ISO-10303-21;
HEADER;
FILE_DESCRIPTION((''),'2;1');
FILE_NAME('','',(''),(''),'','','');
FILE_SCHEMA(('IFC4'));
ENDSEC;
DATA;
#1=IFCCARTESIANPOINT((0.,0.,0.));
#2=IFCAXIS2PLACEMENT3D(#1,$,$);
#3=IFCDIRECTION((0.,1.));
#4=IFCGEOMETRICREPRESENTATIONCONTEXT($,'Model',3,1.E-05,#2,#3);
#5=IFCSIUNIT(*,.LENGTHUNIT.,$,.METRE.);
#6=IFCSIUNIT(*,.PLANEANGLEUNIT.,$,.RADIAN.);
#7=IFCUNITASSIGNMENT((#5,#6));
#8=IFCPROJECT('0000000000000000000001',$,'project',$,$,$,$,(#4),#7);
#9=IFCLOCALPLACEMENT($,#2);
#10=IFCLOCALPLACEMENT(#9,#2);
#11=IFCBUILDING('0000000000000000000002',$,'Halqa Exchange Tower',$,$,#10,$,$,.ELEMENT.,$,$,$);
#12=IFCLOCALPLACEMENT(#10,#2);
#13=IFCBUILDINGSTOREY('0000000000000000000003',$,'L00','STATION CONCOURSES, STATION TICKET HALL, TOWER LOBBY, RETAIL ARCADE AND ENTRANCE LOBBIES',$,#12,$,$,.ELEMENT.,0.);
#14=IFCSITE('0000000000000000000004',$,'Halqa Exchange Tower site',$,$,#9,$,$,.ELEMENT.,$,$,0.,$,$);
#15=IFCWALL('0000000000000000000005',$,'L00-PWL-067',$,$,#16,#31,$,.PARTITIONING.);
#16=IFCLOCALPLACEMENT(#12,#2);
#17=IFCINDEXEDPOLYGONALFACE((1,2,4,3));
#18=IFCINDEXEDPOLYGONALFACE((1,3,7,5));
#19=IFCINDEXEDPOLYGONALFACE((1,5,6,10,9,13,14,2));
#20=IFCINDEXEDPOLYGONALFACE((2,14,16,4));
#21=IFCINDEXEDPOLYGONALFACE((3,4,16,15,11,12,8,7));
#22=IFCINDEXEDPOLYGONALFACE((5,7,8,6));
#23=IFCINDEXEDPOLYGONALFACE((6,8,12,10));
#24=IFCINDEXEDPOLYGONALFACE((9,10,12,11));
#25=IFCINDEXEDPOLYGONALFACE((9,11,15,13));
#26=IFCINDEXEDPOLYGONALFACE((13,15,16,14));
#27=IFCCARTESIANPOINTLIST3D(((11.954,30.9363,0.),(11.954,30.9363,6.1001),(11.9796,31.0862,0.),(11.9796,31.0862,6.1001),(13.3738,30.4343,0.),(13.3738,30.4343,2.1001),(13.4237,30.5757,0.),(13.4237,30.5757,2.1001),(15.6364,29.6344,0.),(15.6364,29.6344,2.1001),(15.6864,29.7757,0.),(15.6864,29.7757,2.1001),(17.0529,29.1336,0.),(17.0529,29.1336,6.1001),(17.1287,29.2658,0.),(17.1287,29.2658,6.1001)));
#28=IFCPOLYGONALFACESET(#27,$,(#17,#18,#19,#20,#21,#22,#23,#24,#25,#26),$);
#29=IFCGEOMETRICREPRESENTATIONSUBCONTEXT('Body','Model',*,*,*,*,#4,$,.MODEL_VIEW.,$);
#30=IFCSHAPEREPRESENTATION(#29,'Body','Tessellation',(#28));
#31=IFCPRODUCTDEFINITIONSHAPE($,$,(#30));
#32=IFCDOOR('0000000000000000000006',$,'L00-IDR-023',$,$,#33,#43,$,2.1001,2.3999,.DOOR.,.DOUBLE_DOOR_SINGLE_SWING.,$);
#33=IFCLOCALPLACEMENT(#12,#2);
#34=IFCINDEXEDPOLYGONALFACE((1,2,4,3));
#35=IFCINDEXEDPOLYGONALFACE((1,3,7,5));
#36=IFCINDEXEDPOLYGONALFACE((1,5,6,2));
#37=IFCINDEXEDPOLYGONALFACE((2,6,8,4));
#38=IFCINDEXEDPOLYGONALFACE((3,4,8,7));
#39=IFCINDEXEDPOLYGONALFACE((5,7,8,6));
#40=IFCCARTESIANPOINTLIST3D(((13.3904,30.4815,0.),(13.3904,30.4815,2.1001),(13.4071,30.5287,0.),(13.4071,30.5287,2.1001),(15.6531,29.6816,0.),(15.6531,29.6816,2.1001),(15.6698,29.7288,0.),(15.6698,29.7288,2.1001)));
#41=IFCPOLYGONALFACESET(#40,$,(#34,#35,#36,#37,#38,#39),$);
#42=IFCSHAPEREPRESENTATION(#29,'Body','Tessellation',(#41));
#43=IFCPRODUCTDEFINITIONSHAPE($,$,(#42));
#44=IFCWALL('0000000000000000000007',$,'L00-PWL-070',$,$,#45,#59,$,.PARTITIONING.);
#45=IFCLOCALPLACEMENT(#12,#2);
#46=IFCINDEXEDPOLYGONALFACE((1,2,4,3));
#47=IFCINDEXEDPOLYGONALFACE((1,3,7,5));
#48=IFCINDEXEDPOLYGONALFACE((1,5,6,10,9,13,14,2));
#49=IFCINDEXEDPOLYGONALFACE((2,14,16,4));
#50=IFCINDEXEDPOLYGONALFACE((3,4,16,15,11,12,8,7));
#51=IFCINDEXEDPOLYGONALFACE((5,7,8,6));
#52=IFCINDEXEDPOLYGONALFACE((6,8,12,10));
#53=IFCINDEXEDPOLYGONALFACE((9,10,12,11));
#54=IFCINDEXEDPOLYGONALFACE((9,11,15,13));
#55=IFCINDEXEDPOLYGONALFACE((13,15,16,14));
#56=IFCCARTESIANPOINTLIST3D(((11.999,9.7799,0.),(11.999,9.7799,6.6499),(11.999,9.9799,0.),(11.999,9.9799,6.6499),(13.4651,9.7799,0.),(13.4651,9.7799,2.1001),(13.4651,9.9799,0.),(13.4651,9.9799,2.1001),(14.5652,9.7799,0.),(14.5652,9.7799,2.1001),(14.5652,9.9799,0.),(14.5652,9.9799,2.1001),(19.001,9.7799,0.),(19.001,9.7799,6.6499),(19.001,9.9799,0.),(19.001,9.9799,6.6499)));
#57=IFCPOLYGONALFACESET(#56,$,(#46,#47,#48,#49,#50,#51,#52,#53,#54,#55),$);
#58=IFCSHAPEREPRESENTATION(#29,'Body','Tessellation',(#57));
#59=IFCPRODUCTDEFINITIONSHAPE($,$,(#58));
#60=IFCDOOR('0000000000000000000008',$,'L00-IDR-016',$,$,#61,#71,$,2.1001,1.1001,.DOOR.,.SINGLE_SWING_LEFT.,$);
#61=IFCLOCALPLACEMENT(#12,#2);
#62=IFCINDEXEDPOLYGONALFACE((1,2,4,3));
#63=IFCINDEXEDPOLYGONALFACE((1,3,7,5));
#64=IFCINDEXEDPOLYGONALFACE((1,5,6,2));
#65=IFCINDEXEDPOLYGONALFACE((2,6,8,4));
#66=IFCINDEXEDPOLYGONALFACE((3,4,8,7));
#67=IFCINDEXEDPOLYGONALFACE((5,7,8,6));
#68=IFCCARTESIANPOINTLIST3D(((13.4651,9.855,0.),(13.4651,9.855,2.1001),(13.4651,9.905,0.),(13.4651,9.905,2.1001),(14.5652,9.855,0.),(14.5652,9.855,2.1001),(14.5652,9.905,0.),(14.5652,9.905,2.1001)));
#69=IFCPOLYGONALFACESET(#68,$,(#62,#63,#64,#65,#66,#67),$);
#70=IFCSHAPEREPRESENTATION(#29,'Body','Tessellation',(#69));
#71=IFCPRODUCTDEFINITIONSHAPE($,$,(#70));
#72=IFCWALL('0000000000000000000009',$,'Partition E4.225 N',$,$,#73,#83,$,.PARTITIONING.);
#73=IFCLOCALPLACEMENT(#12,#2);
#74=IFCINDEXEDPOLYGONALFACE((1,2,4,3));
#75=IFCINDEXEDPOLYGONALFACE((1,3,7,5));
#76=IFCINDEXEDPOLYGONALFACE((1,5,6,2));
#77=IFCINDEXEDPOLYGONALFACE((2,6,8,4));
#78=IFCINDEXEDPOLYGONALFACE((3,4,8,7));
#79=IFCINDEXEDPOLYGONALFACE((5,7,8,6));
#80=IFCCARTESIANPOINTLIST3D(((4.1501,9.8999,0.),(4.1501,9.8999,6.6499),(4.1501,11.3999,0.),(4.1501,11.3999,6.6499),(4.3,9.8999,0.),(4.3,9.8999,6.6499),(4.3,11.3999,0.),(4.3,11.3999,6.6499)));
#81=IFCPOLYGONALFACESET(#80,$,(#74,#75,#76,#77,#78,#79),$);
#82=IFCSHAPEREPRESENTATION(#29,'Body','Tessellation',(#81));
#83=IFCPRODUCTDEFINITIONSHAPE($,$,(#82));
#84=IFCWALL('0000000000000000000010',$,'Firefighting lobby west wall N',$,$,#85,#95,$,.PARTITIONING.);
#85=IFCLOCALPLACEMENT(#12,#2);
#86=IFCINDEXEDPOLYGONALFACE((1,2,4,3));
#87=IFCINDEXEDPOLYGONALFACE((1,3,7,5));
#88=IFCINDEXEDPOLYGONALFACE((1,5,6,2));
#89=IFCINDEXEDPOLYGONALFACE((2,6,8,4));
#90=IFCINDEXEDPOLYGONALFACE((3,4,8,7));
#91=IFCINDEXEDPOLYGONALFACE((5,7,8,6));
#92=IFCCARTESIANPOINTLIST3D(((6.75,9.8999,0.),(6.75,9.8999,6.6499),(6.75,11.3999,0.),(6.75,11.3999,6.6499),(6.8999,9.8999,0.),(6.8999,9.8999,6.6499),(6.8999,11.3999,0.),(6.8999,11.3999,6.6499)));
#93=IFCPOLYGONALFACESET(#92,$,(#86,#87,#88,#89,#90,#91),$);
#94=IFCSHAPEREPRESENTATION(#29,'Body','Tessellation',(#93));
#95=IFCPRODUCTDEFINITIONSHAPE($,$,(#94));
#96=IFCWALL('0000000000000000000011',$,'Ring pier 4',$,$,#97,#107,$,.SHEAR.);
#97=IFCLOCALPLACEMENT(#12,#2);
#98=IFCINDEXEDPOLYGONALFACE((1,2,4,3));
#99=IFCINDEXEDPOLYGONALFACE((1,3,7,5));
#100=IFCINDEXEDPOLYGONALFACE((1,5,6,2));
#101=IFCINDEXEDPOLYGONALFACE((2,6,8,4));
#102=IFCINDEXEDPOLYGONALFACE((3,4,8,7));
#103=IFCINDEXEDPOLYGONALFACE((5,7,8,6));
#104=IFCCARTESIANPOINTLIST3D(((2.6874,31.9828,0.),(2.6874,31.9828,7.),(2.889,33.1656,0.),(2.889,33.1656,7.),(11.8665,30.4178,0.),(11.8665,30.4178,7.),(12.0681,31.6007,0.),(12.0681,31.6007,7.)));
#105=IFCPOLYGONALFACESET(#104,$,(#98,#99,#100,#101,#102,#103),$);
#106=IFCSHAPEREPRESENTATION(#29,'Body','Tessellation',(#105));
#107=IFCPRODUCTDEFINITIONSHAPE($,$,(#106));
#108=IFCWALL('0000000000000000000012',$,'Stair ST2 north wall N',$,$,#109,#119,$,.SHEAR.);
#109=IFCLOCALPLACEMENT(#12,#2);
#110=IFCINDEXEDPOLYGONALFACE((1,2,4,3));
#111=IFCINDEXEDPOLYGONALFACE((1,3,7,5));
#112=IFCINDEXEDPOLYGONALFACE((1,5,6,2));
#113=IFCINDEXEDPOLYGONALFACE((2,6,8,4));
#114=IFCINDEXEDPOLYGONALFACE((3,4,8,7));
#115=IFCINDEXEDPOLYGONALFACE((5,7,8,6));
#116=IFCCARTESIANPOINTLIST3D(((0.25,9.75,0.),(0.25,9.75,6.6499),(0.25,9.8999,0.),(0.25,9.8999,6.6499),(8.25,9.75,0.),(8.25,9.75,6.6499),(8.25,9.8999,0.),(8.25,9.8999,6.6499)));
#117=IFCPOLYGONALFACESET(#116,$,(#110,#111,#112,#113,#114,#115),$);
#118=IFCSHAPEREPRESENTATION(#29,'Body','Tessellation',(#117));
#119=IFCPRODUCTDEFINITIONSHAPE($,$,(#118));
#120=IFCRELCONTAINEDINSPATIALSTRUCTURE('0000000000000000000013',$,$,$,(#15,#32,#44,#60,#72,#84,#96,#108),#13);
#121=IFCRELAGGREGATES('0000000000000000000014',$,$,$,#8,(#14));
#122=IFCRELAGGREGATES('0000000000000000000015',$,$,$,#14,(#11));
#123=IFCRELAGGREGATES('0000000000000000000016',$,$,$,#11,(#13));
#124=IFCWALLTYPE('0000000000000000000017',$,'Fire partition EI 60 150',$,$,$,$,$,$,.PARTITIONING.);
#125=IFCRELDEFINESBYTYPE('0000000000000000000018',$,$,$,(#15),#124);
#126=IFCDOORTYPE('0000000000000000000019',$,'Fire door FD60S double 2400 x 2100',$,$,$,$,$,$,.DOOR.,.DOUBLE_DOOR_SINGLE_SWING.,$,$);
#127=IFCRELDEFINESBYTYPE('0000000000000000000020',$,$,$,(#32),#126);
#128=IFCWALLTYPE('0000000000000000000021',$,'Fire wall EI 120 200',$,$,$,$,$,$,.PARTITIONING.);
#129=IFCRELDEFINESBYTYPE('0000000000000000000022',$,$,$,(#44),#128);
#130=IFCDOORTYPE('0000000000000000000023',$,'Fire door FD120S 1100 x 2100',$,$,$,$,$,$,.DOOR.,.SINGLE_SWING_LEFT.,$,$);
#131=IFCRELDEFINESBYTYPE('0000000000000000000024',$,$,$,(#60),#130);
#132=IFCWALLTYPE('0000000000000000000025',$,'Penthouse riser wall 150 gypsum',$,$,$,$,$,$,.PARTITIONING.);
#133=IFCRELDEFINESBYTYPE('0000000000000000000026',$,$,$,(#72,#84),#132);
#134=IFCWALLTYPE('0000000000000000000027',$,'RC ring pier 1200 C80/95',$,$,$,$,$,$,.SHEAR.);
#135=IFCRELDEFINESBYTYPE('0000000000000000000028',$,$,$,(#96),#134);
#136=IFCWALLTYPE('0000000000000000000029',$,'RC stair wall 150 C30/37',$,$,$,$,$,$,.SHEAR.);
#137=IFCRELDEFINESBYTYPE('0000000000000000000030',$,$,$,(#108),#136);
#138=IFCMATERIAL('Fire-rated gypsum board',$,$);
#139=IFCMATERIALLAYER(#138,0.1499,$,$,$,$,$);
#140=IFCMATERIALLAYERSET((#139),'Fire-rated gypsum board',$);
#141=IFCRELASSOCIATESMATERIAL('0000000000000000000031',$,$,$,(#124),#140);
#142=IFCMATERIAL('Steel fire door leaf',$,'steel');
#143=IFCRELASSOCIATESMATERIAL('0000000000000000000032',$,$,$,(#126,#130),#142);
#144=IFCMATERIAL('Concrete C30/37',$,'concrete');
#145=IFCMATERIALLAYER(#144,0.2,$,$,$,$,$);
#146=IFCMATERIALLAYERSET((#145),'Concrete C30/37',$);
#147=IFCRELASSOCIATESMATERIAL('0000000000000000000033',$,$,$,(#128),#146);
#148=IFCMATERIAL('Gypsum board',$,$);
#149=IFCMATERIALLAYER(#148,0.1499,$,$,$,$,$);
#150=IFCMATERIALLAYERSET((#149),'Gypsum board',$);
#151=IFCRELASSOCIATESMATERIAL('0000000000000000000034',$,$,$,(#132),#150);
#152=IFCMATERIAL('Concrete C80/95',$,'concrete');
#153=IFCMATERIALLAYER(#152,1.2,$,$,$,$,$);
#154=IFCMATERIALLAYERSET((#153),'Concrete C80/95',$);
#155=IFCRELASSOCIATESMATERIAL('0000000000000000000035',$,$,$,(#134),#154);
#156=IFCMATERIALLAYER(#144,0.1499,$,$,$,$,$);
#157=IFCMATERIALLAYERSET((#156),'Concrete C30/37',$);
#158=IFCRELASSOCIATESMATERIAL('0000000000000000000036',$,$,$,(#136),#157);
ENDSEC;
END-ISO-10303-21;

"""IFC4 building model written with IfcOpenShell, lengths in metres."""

from ifc_helpers import new_model, si_unit, direction, frame, frame_2d, origin, place, context, subcontext, project, spatial, polyline, rectangle, outline, extrude, material, layer, layer_set, type_object, element, fill, save


model = new_model("IFC4")

# Units and contexts
model_context = context("Model", 3, precision=1e-05, world=origin(), true_north=direction((0.0, 1.0)))
body_context = subcontext(model_context, "Body", "Model", "MODEL_VIEW")
ifc_project = project(units=[si_unit("LENGTHUNIT", "METRE"), si_unit("PLANEANGLEUNIT", "RADIAN")], contexts=[model_context])

# Site, building, storey
site_placement = place(None, origin())
site = spatial("IfcSite", under=ifc_project, at=site_placement, Name="Halqa Exchange Tower site", CompositionType="ELEMENT", RefElevation=0.0)
building_placement = place(site_placement, origin())
building = spatial("IfcBuilding", under=site, at=building_placement, Name="Halqa Exchange Tower", CompositionType="ELEMENT")
storey_placement = place(building_placement, origin())
storey = spatial("IfcBuildingStorey", under=building, at=storey_placement, Name="L00", Description="STATION CONCOURSES, STATION TICKET HALL, TOWER LOBBY, RETAIL ARCADE AND ENTRANCE LOBBIES", CompositionType="ELEMENT", Elevation=0.0)

# Shared definitions
ifc_material_1 = material(Name="Fire-rated gypsum board")
ifc_layer_1 = layer(ifc_material_1, 0.1499)
ifc_layer_set_1 = layer_set([ifc_layer_1], Name="Fire-rated gypsum board")
wall_type_1 = type_object("IfcWallType", Name="Fire partition EI 60 150", PredefinedType="PARTITIONING", material=ifc_layer_set_1)

# Walls, openings, doors
wall_1_placement = place(storey_placement, frame((11.9668, 31.0112, 0.0), z_axis=(0.0, 0.0, 1.0), x_axis=(0.942814, -0.333318, 0.0)))
wall_1 = element("IfcWall", 1, at=wall_1_placement, inside=storey, type_object=wall_type_1, Name="L00-PWL-067", PredefinedType="PARTITIONING", context=body_context, shape_type="SweptSolid", body=[
    extrude(outline(polyline([(0.0129, -0.075), (5.4211, -0.075), (5.4485, 0.075), (-0.0129, 0.075), (0.0129, -0.075)])), origin(), (0.0, 0.0, 1.0), 6.1001),
])
opening_1_placement = place(wall_1_placement, frame((1.5188, 0.0, 0.0)))
opening_1 = element("IfcOpeningElement", 2, at=opening_1_placement, cuts=wall_1, PredefinedType="OPENING", context=body_context, shape_type="SweptSolid", body=[
    extrude(rectangle(XDim=2.3999, YDim=2.1001, at=frame_2d((1.2, 1.05))), frame((0.0, 0.0869, 0.0), z_axis=(0.0, -1.0, 0.0), x_axis=(1.0, 0.0, 0.0)), (0.0, 0.0, 1.0), 0.1738),
])
ifc_material_2 = material(Name="Steel fire door leaf", Category="steel")
door_type_1 = type_object("IfcDoorType", Name="Fire door FD60S double 2400 x 2100", OperationType="DOUBLE_DOOR_SINGLE_SWING", PredefinedType="DOOR", material=ifc_material_2)
door_1_placement = place(opening_1_placement, frame((2.3999, 0.0, 0.0), z_axis=(0.0, 0.0, 1.0), x_axis=(-1.0, 0.0, 0.0)))
door_1 = element("IfcDoor", 3, at=door_1_placement, inside=storey, type_object=door_type_1, Name="L00-IDR-023", OperationType="DOUBLE_DOOR_SINGLE_SWING", OverallHeight=2.1001, OverallWidth=2.3999, PredefinedType="DOOR", context=body_context, shape_type="SweptSolid", body=[
    extrude(rectangle(XDim=2.3999, YDim=2.1001, at=frame_2d((1.2, 1.05))), frame((0.0, 0.0249, 0.0), z_axis=(0.0, -1.0, 0.0), x_axis=(1.0, 0.0, 0.0)), (0.0, 0.0, 1.0), 0.05),
])
fill(opening_1, door_1)
ifc_material_3 = material(Name="Concrete C30/37", Category="concrete")
ifc_layer_2 = layer(ifc_material_3, 0.2)
ifc_layer_set_2 = layer_set([ifc_layer_2], Name="Concrete C30/37")
wall_type_2 = type_object("IfcWallType", Name="Fire wall EI 120 200", PredefinedType="PARTITIONING", material=ifc_layer_set_2)
wall_2_placement = place(storey_placement, frame((11.999, 9.8799, 0.0), z_axis=(0.0, 0.0, 1.0), x_axis=(1.0, 0.0, 0.0)))
wall_2 = element("IfcWall", 4, at=wall_2_placement, inside=storey, type_object=wall_type_2, Name="L00-PWL-070", PredefinedType="PARTITIONING", context=body_context, shape_type="SweptSolid", body=[
    extrude(rectangle(XDim=7.002, YDim=0.2, at=frame_2d((3.501, 0.0))), origin(), (0.0, 0.0, 1.0), 6.6499),
])
opening_2_placement = place(wall_2_placement, frame((1.4661, 0.0, 0.0)))
opening_2 = element("IfcOpeningElement", 5, at=opening_2_placement, cuts=wall_2, PredefinedType="OPENING", context=body_context, shape_type="SweptSolid", body=[
    extrude(rectangle(XDim=1.1001, YDim=2.1001, at=frame_2d((0.55, 1.05))), frame((0.0, 0.1121, 0.0), z_axis=(0.0, -1.0, 0.0), x_axis=(1.0, 0.0, 0.0)), (0.0, 0.0, 1.0), 0.2239),
])
door_type_2 = type_object("IfcDoorType", Name="Fire door FD120S 1100 x 2100", OperationType="SINGLE_SWING_LEFT", PredefinedType="DOOR", material=ifc_material_2)
door_2_placement = place(opening_2_placement, frame((1.1001, 0.0, 0.0), z_axis=(0.0, 0.0, 1.0), x_axis=(-1.0, 0.0, 0.0)))
door_2 = element("IfcDoor", 6, at=door_2_placement, inside=storey, type_object=door_type_2, Name="L00-IDR-016", OperationType="SINGLE_SWING_LEFT", OverallHeight=2.1001, OverallWidth=1.1001, PredefinedType="DOOR", context=body_context, shape_type="SweptSolid", body=[
    extrude(rectangle(XDim=1.1001, YDim=2.1001, at=frame_2d((0.55, 1.05))), frame((0.0, 0.0249, 0.0), z_axis=(0.0, -1.0, 0.0), x_axis=(1.0, 0.0, 0.0)), (0.0, 0.0, 1.0), 0.05),
])
fill(opening_2, door_2)

# Walls
ifc_material_4 = material(Name="Gypsum board")
ifc_layer_3 = layer(ifc_material_4, 0.1499)
ifc_layer_set_3 = layer_set([ifc_layer_3], Name="Gypsum board")
wall_type_3 = type_object("IfcWallType", Name="Penthouse riser wall 150 gypsum", PredefinedType="PARTITIONING", material=ifc_layer_set_3)
for number, where, z_axis, x_axis, name in (
    (7, (4.2251, 9.8999, 0.0), (0.0, 0.0, 1.0), (0.0, 1.0, 0.0), "Partition E4.225 N"),
    (8, (6.825, 9.8999, 0.0), (0.0, 0.0, 1.0), (0.0, 1.0, 0.0), "Firefighting lobby west wall N"),
):
    element("IfcWall", number, at=place(storey_placement, frame(where, z_axis=z_axis, x_axis=x_axis)), inside=storey, type_object=wall_type_3, Name=name, PredefinedType="PARTITIONING", context=body_context, shape_type="SweptSolid", body=[
        extrude(rectangle(XDim=1.5, YDim=0.1499, at=frame_2d((0.75, 0.0))), origin(), (0.0, 0.0, 1.0), 6.6499),
    ])
ifc_material_5 = material(Name="Concrete C80/95", Category="concrete")
ifc_layer_4 = layer(ifc_material_5, 1.2)
ifc_layer_set_4 = layer_set([ifc_layer_4], Name="Concrete C80/95")
wall_type_4 = type_object("IfcWallType", Name="RC ring pier 1200 C80/95", PredefinedType="SHEAR", material=ifc_layer_set_4)
wall_3_placement = place(storey_placement, frame((11.9673, 31.0093, 0.0), z_axis=(0.0, 0.0, 1.0), x_axis=(-0.985776, 0.168063, 0.0)))
element("IfcWall", 9, at=wall_3_placement, inside=storey, type_object=wall_type_4, Name="Ring pier 4", PredefinedType="SHEAR", context=body_context, shape_type="SweptSolid", body=[
    extrude(rectangle(XDim=9.3115, YDim=1.2, at=frame_2d((4.6558, 0.0))), origin(), (0.0, 0.0, 1.0), 7.0),
])
ifc_layer_5 = layer(ifc_material_3, 0.1499)
ifc_layer_set_5 = layer_set([ifc_layer_5], Name="Concrete C30/37")
wall_type_5 = type_object("IfcWallType", Name="RC stair wall 150 C30/37", PredefinedType="SHEAR", material=ifc_layer_set_5)
wall_4_placement = place(storey_placement, frame((0.25, 9.825, 0.0), z_axis=(0.0, 0.0, 1.0), x_axis=(1.0, 0.0, 0.0)))
element("IfcWall", 10, at=wall_4_placement, inside=storey, type_object=wall_type_5, Name="Stair ST2 north wall N", PredefinedType="SHEAR", context=body_context, shape_type="SweptSolid", body=[
    extrude(rectangle(XDim=8.0, YDim=0.1499, at=frame_2d((4.0, 0.0))), origin(), (0.0, 0.0, 1.0), 6.6499),
])

save(model, "model.ifc")
